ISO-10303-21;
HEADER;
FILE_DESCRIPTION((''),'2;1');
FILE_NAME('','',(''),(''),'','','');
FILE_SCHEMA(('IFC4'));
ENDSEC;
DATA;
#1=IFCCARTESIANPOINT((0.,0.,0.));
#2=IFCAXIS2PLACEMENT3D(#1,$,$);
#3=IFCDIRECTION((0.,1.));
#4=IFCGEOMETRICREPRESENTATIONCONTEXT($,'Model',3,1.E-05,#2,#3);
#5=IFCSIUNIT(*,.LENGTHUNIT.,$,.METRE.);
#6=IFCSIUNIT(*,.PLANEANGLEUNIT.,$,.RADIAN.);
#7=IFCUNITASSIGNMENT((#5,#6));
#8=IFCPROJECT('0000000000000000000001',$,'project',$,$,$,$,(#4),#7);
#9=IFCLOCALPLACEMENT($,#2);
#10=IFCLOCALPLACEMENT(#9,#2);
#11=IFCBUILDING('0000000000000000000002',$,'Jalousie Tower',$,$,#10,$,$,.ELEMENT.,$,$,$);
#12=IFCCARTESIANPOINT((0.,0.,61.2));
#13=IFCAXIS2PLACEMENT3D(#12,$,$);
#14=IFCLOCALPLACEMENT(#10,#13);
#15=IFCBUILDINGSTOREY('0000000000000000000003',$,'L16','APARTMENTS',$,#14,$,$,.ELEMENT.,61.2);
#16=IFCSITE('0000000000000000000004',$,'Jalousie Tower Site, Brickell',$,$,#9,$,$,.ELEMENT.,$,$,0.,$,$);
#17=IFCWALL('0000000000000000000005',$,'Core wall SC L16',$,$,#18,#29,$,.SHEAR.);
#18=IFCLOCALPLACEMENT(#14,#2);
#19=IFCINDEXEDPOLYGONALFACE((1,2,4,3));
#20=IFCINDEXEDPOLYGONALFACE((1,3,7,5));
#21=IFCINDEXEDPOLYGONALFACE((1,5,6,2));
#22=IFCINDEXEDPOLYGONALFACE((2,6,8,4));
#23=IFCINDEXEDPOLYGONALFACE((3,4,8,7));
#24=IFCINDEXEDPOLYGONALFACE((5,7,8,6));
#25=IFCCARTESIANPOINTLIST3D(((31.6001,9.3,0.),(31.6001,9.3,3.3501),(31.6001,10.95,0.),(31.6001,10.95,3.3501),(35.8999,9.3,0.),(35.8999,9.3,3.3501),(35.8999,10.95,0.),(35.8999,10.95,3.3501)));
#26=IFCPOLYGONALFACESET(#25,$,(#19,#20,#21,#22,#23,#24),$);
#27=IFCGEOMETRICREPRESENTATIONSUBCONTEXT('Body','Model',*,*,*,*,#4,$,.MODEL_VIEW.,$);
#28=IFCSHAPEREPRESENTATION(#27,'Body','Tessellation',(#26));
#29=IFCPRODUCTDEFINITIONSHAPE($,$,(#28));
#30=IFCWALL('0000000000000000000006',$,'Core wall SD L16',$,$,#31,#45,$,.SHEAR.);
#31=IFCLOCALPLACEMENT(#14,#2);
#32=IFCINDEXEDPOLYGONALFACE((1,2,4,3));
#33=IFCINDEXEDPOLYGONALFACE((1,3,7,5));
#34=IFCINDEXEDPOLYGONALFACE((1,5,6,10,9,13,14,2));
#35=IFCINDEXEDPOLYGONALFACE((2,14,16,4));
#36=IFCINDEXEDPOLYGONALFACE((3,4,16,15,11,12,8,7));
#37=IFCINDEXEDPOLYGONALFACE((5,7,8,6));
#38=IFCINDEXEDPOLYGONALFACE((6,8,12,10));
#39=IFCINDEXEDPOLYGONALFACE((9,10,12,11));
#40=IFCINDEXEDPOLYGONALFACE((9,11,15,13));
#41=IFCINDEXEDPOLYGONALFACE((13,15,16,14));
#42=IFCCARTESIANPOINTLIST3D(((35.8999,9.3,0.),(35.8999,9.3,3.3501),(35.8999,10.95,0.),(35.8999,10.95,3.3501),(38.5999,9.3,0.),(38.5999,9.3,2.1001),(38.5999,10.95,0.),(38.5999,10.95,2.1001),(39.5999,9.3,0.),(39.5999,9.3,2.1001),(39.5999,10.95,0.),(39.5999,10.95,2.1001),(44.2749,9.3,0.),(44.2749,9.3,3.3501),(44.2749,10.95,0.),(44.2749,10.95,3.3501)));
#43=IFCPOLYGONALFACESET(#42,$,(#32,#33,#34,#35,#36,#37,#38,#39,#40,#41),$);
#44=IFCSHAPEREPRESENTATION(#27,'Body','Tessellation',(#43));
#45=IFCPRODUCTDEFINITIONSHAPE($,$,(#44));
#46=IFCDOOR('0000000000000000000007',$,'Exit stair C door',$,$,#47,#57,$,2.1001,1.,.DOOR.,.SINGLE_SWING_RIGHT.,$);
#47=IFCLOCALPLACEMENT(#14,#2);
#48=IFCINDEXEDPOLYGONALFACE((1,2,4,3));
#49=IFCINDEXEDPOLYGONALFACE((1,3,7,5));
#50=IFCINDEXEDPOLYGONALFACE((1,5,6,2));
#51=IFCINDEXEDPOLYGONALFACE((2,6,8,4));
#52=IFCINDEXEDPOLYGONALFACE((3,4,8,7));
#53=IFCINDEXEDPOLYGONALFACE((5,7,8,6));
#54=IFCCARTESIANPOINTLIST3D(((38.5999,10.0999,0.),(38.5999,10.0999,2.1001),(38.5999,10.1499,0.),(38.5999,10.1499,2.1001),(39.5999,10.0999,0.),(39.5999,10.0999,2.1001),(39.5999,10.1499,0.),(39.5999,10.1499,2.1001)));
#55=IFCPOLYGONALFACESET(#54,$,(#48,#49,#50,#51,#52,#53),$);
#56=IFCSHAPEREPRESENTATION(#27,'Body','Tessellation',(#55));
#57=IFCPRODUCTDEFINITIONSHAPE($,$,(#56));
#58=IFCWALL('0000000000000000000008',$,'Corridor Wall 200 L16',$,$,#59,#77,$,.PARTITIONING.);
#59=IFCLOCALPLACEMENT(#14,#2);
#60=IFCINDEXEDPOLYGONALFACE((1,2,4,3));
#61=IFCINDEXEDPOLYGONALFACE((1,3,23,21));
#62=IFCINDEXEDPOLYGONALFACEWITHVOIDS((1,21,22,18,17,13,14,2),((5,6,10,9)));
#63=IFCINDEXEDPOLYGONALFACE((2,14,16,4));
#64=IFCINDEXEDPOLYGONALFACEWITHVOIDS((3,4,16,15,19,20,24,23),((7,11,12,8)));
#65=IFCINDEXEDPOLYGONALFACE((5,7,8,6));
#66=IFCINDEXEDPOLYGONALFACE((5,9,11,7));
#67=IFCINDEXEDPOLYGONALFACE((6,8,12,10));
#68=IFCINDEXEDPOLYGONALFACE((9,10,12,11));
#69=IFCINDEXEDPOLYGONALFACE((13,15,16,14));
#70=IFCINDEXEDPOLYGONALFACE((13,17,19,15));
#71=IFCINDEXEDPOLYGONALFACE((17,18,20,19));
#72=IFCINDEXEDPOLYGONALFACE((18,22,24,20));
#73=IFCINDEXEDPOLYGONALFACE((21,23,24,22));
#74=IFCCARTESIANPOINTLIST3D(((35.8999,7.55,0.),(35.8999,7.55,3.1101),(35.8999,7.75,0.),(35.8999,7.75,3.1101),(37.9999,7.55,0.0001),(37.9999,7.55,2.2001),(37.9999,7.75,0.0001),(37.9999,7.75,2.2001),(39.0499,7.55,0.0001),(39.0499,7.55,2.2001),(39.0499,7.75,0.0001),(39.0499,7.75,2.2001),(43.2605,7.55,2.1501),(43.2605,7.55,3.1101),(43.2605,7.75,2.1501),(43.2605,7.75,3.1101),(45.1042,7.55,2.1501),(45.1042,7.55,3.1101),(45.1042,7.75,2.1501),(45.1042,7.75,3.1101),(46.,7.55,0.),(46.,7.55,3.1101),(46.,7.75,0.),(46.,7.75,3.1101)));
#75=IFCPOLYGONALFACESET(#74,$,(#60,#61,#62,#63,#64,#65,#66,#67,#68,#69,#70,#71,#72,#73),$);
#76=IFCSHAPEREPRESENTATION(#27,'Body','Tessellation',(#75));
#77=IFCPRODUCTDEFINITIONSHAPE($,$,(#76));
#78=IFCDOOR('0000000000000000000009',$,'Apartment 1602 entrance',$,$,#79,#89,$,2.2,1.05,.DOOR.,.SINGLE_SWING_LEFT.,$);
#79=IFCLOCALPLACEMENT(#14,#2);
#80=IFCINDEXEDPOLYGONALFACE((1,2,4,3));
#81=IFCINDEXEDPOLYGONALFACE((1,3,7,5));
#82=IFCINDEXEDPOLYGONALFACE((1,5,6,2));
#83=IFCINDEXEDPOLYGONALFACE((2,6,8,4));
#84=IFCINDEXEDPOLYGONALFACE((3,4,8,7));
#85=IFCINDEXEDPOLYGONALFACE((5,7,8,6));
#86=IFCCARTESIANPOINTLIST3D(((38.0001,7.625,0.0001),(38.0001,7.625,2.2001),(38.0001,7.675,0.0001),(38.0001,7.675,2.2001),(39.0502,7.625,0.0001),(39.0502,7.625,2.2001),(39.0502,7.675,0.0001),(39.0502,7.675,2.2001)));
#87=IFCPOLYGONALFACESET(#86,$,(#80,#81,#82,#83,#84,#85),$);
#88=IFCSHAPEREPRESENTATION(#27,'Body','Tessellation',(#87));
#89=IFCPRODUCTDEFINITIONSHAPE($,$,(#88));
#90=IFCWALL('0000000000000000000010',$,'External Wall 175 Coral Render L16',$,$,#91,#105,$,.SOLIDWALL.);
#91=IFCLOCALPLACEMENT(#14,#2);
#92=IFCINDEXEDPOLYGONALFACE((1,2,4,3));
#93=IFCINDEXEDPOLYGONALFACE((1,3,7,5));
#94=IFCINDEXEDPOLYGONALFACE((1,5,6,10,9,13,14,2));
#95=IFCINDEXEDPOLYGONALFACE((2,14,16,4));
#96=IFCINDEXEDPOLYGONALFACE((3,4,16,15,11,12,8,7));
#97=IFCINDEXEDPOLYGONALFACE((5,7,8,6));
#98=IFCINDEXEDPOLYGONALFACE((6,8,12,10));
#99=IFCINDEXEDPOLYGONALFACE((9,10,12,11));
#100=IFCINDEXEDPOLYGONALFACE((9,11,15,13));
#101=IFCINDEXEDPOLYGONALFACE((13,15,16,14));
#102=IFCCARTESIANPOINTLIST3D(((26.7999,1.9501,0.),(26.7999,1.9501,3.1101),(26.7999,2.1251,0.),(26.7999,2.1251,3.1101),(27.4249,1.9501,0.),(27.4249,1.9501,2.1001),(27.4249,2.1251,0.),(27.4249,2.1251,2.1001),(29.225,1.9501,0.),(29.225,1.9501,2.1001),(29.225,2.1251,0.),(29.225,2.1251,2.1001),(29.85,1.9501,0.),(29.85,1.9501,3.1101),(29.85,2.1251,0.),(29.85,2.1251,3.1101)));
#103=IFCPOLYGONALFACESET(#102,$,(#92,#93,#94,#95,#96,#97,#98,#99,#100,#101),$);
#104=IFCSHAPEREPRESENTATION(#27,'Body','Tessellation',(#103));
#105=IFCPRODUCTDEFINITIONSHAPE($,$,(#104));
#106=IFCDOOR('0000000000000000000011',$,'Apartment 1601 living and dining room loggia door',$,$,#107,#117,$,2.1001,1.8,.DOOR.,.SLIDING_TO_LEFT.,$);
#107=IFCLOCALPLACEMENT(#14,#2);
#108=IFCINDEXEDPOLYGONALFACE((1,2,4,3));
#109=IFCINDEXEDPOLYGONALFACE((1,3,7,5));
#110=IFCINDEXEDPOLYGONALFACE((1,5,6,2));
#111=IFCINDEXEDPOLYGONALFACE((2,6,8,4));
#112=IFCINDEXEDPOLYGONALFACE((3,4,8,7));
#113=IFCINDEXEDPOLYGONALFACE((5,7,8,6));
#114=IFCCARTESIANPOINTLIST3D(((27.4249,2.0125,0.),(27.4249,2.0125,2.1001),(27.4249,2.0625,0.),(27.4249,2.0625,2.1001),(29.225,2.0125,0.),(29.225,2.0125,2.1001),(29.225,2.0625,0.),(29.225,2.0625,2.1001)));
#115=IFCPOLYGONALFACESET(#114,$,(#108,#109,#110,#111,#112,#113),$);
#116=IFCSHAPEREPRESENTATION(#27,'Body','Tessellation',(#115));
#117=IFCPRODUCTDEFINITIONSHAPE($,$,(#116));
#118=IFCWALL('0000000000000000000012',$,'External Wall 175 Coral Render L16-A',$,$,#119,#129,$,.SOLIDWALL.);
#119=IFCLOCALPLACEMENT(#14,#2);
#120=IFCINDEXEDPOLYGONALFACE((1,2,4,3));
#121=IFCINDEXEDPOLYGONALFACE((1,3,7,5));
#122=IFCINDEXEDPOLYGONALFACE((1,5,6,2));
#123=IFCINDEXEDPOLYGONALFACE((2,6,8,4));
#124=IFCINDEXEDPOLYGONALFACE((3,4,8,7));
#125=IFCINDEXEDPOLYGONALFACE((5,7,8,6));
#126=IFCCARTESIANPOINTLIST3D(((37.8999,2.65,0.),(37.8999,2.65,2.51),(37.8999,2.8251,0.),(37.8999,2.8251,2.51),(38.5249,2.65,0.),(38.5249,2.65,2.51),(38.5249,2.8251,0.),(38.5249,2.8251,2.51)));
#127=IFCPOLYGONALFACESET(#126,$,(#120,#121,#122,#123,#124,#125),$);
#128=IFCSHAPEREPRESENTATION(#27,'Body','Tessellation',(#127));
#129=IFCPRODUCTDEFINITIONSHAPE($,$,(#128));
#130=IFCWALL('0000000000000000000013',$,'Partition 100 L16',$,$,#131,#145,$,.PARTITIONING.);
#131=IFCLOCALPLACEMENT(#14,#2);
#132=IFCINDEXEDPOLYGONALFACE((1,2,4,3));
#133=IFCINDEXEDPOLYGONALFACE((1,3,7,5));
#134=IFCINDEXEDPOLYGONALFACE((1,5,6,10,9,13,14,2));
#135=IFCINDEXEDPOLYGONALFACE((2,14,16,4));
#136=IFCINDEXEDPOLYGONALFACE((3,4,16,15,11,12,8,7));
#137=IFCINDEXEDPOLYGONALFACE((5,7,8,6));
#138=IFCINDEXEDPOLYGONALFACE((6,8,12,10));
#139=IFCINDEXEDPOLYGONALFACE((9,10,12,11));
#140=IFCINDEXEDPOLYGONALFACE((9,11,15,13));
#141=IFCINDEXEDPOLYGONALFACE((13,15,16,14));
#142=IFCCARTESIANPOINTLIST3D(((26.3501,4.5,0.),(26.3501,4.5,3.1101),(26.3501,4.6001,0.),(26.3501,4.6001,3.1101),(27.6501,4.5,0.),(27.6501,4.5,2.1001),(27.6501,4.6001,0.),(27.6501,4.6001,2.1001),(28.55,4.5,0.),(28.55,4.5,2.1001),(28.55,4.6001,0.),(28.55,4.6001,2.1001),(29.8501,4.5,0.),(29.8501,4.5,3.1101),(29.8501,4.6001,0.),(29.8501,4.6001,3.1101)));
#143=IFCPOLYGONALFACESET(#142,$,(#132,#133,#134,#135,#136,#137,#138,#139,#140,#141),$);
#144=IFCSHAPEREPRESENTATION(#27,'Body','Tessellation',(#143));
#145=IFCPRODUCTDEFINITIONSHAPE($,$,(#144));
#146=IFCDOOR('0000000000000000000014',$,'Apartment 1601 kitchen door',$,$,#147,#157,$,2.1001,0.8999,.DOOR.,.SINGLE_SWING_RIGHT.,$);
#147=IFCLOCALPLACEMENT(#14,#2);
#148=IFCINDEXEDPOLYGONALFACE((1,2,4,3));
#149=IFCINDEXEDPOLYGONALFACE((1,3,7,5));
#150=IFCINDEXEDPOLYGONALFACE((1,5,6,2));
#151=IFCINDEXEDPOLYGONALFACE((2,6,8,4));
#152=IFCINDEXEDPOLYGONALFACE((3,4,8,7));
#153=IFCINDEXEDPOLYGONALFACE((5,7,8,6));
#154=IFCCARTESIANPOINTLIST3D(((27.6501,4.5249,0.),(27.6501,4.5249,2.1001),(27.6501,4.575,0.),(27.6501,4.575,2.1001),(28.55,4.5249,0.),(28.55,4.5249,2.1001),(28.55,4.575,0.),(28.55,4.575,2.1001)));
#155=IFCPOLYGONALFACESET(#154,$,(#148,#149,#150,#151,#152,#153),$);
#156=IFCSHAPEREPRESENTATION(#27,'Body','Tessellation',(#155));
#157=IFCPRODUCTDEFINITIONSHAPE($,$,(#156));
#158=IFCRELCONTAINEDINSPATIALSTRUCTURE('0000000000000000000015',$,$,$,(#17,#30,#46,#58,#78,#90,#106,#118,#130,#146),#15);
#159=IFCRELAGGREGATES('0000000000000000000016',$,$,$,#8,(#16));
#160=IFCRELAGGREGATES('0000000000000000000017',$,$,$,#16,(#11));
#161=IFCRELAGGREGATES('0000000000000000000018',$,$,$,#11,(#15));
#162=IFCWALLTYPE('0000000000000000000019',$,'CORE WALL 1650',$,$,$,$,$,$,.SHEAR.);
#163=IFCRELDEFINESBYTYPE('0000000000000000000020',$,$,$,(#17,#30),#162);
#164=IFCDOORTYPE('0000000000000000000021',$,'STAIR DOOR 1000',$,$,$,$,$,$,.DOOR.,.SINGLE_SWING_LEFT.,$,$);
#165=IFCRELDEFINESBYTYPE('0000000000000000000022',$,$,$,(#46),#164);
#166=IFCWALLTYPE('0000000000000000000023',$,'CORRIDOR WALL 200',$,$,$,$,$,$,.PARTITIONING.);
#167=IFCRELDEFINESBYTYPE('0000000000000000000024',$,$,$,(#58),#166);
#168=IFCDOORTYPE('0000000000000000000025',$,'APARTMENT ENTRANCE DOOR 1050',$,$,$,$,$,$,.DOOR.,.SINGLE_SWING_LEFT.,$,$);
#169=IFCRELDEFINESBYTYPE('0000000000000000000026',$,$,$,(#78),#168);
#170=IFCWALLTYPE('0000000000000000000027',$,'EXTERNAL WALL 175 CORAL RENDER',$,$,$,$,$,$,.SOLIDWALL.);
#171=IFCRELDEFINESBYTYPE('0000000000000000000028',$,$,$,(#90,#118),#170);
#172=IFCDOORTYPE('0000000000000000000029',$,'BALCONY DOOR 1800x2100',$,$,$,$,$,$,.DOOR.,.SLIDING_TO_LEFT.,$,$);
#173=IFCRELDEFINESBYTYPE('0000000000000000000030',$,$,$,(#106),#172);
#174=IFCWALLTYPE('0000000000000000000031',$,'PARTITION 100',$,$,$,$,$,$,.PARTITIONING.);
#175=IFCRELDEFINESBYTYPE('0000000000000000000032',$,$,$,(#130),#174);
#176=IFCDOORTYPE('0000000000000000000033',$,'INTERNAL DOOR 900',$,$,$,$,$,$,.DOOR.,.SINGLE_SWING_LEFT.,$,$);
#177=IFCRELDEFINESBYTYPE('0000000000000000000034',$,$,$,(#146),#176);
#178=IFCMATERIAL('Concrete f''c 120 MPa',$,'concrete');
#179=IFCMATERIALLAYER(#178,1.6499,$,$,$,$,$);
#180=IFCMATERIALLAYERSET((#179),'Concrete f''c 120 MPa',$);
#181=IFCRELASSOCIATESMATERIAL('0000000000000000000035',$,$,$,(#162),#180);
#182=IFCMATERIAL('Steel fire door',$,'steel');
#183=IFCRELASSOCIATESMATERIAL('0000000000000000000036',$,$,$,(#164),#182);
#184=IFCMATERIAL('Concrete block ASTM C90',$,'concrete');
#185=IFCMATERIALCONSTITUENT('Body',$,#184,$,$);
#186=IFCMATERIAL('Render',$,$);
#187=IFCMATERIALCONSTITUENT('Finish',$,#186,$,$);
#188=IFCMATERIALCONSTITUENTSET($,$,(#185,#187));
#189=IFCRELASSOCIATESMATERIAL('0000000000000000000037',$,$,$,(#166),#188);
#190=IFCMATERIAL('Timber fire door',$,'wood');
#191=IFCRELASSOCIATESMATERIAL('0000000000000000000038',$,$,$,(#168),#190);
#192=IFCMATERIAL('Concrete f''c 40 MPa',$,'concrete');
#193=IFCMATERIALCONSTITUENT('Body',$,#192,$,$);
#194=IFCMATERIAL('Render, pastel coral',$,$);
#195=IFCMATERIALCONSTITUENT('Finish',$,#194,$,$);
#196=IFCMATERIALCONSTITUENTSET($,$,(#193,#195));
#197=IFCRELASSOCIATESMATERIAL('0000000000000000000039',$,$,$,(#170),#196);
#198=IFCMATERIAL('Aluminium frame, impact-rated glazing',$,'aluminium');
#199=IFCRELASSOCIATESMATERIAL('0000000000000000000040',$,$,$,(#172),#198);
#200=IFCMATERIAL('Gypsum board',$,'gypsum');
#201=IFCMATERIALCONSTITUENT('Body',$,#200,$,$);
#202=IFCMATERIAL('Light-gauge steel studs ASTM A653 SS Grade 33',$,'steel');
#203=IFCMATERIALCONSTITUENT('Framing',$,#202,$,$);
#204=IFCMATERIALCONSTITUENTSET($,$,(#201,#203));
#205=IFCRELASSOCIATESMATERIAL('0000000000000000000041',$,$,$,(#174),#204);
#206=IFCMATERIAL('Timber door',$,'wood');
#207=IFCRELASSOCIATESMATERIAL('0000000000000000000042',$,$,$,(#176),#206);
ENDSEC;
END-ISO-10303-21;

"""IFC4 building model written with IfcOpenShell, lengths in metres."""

from ifc_helpers import new_model, si_unit, direction, frame, frame_2d, origin, place, context, subcontext, project, spatial, polyline, rectangle, outline, extrude, material, layer, layer_set, constituent, constituent_set, type_object, element, fill, save


model = new_model("IFC4")

# Units and contexts
model_context = context("Model", 3, precision=1e-05, world=origin(), true_north=direction((0.0, 1.0)))
body_context = subcontext(model_context, "Body", "Model", "MODEL_VIEW")
ifc_project = project(units=[si_unit("LENGTHUNIT", "METRE"), si_unit("PLANEANGLEUNIT", "RADIAN")], contexts=[model_context])

# Site, building, storey
site_placement = place(None, origin())
site = spatial("IfcSite", under=ifc_project, at=site_placement, Name="Jalousie Tower Site, Brickell", CompositionType="ELEMENT", RefElevation=0.0)
building_placement = place(site_placement, origin())
building = spatial("IfcBuilding", under=site, at=building_placement, Name="Jalousie Tower", CompositionType="ELEMENT")
storey_placement = place(building_placement, frame((0.0, 0.0, 61.2)))
storey = spatial("IfcBuildingStorey", under=building, at=storey_placement, Name="L16", Description="APARTMENTS", CompositionType="ELEMENT", Elevation=61.2)

# Wall
ifc_material_1 = material(Name="Concrete f'c 120 MPa", Category="concrete")
ifc_layer_1 = layer(ifc_material_1, 1.6499)
ifc_layer_set_1 = layer_set([ifc_layer_1], Name="Concrete f'c 120 MPa")
wall_type_1 = type_object("IfcWallType", Name="CORE WALL 1650", PredefinedType="SHEAR", material=ifc_layer_set_1)
wall_1_placement = place(storey_placement, frame((31.6001, 10.125, 0.0), z_axis=(0.0, 0.0, 1.0), x_axis=(1.0, 0.0, 0.0)))
element("IfcWall", 1, at=wall_1_placement, inside=storey, type_object=wall_type_1, Name="Core wall SC L16", PredefinedType="SHEAR", context=body_context, shape_type="SweptSolid", body=[
    extrude(rectangle(XDim=4.2998, YDim=1.6499, at=frame_2d((2.1499, 0.0))), origin(), (0.0, 0.0, 1.0), 3.3501),
])

# Walls, openings, doors
wall_2_placement = place(storey_placement, frame((35.8999, 10.125, 0.0), z_axis=(0.0, 0.0, 1.0), x_axis=(1.0, 0.0, 0.0)))
wall_2 = element("IfcWall", 2, at=wall_2_placement, inside=storey, type_object=wall_type_1, Name="Core wall SD L16", PredefinedType="SHEAR", context=body_context, shape_type="SweptSolid", body=[
    extrude(rectangle(XDim=8.375, YDim=1.6499, at=frame_2d((4.1875, 0.0))), origin(), (0.0, 0.0, 1.0), 3.3501),
])
opening_1_placement = place(wall_2_placement, frame((2.7, 0.0, 0.0)))
opening_1 = element("IfcOpeningElement", 3, at=opening_1_placement, cuts=wall_2, PredefinedType="OPENING", context=body_context, shape_type="SweptSolid", body=[
    extrude(rectangle(XDim=1.0, YDim=2.1001, at=frame_2d((0.5, 1.05))), frame((0.0, 0.835, 0.0), z_axis=(0.0, -1.0, 0.0), x_axis=(1.0, 0.0, 0.0)), (0.0, 0.0, 1.0), 1.6699),
])
ifc_material_2 = material(Name="Steel fire door", Category="steel")
door_type_1 = type_object("IfcDoorType", Name="STAIR DOOR 1000", OperationType="SINGLE_SWING_LEFT", PredefinedType="DOOR", material=ifc_material_2)
door_1_placement = place(opening_1_placement, origin())
door_1 = element("IfcDoor", 4, at=door_1_placement, inside=storey, type_object=door_type_1, Name="Exit stair C door", OperationType="SINGLE_SWING_RIGHT", OverallHeight=2.1001, OverallWidth=1.0, PredefinedType="DOOR", context=body_context, shape_type="SweptSolid", body=[
    extrude(rectangle(XDim=1.0, YDim=2.1001, at=frame_2d((0.5, 1.05))), frame((0.0, 0.0249, 0.0), z_axis=(0.0, -1.0, 0.0), x_axis=(1.0, 0.0, 0.0)), (0.0, 0.0, 1.0), 0.05),
])
fill(opening_1, door_1)
ifc_material_3 = material(Name="Concrete block ASTM C90", Category="concrete")
ifc_constituent_1 = constituent(ifc_material_3, Name="Body")
ifc_material_4 = material(Name="Render")
ifc_constituent_2 = constituent(ifc_material_4, Name="Finish")
ifc_constituent_set_1 = constituent_set(constituents=[ifc_constituent_1, ifc_constituent_2])
wall_type_2 = type_object("IfcWallType", Name="CORRIDOR WALL 200", PredefinedType="PARTITIONING", material=ifc_constituent_set_1)
wall_3_placement = place(storey_placement, frame((35.8999, 7.6499, 0.0), z_axis=(0.0, 0.0, 1.0), x_axis=(1.0, 0.0, 0.0)))
wall_3 = element("IfcWall", 5, at=wall_3_placement, inside=storey, type_object=wall_type_2, Name="Corridor Wall 200 L16", PredefinedType="PARTITIONING", context=body_context, shape_type="SweptSolid", body=[
    extrude(outline(polyline([(0.0, 0.0), (10.1001, 0.0), (10.1001, 3.1101), (9.2043, 3.1101), (9.2043, 2.1501), (7.3606, 2.1501), (7.3606, 3.1101), (0.0, 3.1101), (0.0, 0.0)])), frame((0.0, 0.1001, 0.0), z_axis=(0.0, -1.0, 0.0), x_axis=(1.0, 0.0, 0.0)), (0.0, 0.0, 1.0), 0.2),
])
opening_2_placement = place(wall_3_placement, frame((2.1001, 0.0, 0.0)))
opening_2 = element("IfcOpeningElement", 6, at=opening_2_placement, cuts=wall_3, PredefinedType="OPENING", context=body_context, shape_type="SweptSolid", body=[
    extrude(rectangle(XDim=1.05, YDim=2.2, at=frame_2d((0.5249, 1.1001))), frame((0.0, 0.1099, 0.0), z_axis=(0.0, -1.0, 0.0), x_axis=(1.0, 0.0, 0.0)), (0.0, 0.0, 1.0), 0.22),
])
ifc_material_5 = material(Name="Timber fire door", Category="wood")
door_type_2 = type_object("IfcDoorType", Name="APARTMENT ENTRANCE DOOR 1050", OperationType="SINGLE_SWING_LEFT", PredefinedType="DOOR", material=ifc_material_5)
door_2_placement = place(opening_2_placement, frame((1.05, 0.0, 0.0), z_axis=(0.0, 0.0, 1.0), x_axis=(-1.0, 0.0, 0.0)))
door_2 = element("IfcDoor", 7, at=door_2_placement, inside=storey, type_object=door_type_2, Name="Apartment 1602 entrance", OperationType="SINGLE_SWING_LEFT", OverallHeight=2.2, OverallWidth=1.05, PredefinedType="DOOR", context=body_context, shape_type="SweptSolid", body=[
    extrude(rectangle(XDim=1.05, YDim=2.2, at=frame_2d((0.5249, 1.1001))), frame((0.0, 0.0249, 0.0), z_axis=(0.0, -1.0, 0.0), x_axis=(1.0, 0.0, 0.0)), (0.0, 0.0, 1.0), 0.05),
])
fill(opening_2, door_2)
ifc_material_6 = material(Name="Concrete f'c 40 MPa", Category="concrete")
ifc_constituent_3 = constituent(ifc_material_6, Name="Body")
ifc_material_7 = material(Name="Render, pastel coral")
ifc_constituent_4 = constituent(ifc_material_7, Name="Finish")
ifc_constituent_set_2 = constituent_set(constituents=[ifc_constituent_3, ifc_constituent_4])
wall_type_3 = type_object("IfcWallType", Name="EXTERNAL WALL 175 CORAL RENDER", PredefinedType="SOLIDWALL", material=ifc_constituent_set_2)
wall_4_placement = place(storey_placement, frame((26.8, 2.0376, 0.0), z_axis=(0.0, 0.0, 1.0), x_axis=(1.0, 0.0, 0.0)))
wall_4 = element("IfcWall", 8, at=wall_4_placement, inside=storey, type_object=wall_type_3, Name="External Wall 175 Coral Render L16", PredefinedType="SOLIDWALL", context=body_context, shape_type="SweptSolid", body=[
    extrude(rectangle(XDim=3.05, YDim=0.175, at=frame_2d((1.5249, 0.0))), origin(), (0.0, 0.0, 1.0), 3.1101),
])
opening_3_placement = place(wall_4_placement, frame((0.625, 0.0, 0.0)))
opening_3 = element("IfcOpeningElement", 9, at=opening_3_placement, cuts=wall_4, PredefinedType="OPENING", context=body_context, shape_type="SweptSolid", body=[
    extrude(rectangle(XDim=1.8, YDim=2.1001, at=frame_2d((0.8999, 1.05))), frame((0.0, 0.0974, 0.0), z_axis=(0.0, -1.0, 0.0), x_axis=(1.0, 0.0, 0.0)), (0.0, 0.0, 1.0), 0.1951),
])
ifc_material_8 = material(Name="Aluminium frame, impact-rated glazing", Category="aluminium")
door_type_3 = type_object("IfcDoorType", Name="BALCONY DOOR 1800x2100", OperationType="SLIDING_TO_LEFT", PredefinedType="DOOR", material=ifc_material_8)
door_3_placement = place(opening_3_placement, origin())
door_3 = element("IfcDoor", 10, at=door_3_placement, inside=storey, type_object=door_type_3, Name="Apartment 1601 living and dining room loggia door", OperationType="SLIDING_TO_LEFT", OverallHeight=2.1001, OverallWidth=1.8, PredefinedType="DOOR", context=body_context, shape_type="SweptSolid", body=[
    extrude(rectangle(XDim=1.8, YDim=2.1001, at=frame_2d((0.8999, 1.05))), frame((0.0, 0.0249, 0.0), z_axis=(0.0, -1.0, 0.0), x_axis=(1.0, 0.0, 0.0)), (0.0, 0.0, 1.0), 0.05),
])
fill(opening_3, door_3)

# Wall
wall_5_placement = place(storey_placement, frame((37.8999, 2.7375, 0.0), z_axis=(0.0, 0.0, 1.0), x_axis=(1.0, 0.0, 0.0)))
element("IfcWall", 11, at=wall_5_placement, inside=storey, type_object=wall_type_3, Name="External Wall 175 Coral Render L16-A", PredefinedType="SOLIDWALL", context=body_context, shape_type="SweptSolid", body=[
    extrude(rectangle(XDim=0.625, YDim=0.175, at=frame_2d((0.3125, 0.0))), origin(), (0.0, 0.0, 1.0), 2.51),
])

# Wall, opening, door
ifc_material_9 = material(Name="Gypsum board", Category="gypsum")
ifc_constituent_5 = constituent(ifc_material_9, Name="Body")
ifc_material_10 = material(Name="Light-gauge steel studs ASTM A653 SS Grade 33", Category="steel")
ifc_constituent_6 = constituent(ifc_material_10, Name="Framing")
ifc_constituent_set_3 = constituent_set(constituents=[ifc_constituent_5, ifc_constituent_6])
wall_type_4 = type_object("IfcWallType", Name="PARTITION 100", PredefinedType="PARTITIONING", material=ifc_constituent_set_3)
wall_6_placement = place(storey_placement, frame((26.3501, 4.55, 0.0), z_axis=(0.0, 0.0, 1.0), x_axis=(1.0, 0.0, 0.0)))
wall_6 = element("IfcWall", 12, at=wall_6_placement, inside=storey, type_object=wall_type_4, Name="Partition 100 L16", PredefinedType="PARTITIONING", context=body_context, shape_type="SweptSolid", body=[
    extrude(rectangle(XDim=3.5, YDim=0.1001, at=frame_2d((1.75, 0.0))), origin(), (0.0, 0.0, 1.0), 3.1101),
])
opening_4_placement = place(wall_6_placement, frame((1.3, 0.0, 0.0)))
opening_4 = element("IfcOpeningElement", 13, at=opening_4_placement, cuts=wall_6, PredefinedType="OPENING", context=body_context, shape_type="SweptSolid", body=[
    extrude(rectangle(XDim=0.8999, YDim=2.1001, at=frame_2d((0.45, 1.05))), frame((0.0, 0.0601, 0.0), z_axis=(0.0, -1.0, 0.0), x_axis=(1.0, 0.0, 0.0)), (0.0, 0.0, 1.0), 0.1201),
])
ifc_material_11 = material(Name="Timber door", Category="wood")
door_type_4 = type_object("IfcDoorType", Name="INTERNAL DOOR 900", OperationType="SINGLE_SWING_LEFT", PredefinedType="DOOR", material=ifc_material_11)
door_4_placement = place(opening_4_placement, origin())
door_4 = element("IfcDoor", 14, at=door_4_placement, inside=storey, type_object=door_type_4, Name="Apartment 1601 kitchen door", OperationType="SINGLE_SWING_RIGHT", OverallHeight=2.1001, OverallWidth=0.8999, PredefinedType="DOOR", context=body_context, shape_type="SweptSolid", body=[
    extrude(rectangle(XDim=0.8999, YDim=2.1001, at=frame_2d((0.45, 1.05))), frame((0.0, 0.0249, 0.0), z_axis=(0.0, -1.0, 0.0), x_axis=(1.0, 0.0, 0.0)), (0.0, 0.0, 1.0), 0.05),
])
fill(opening_4, door_4)

save(model, "model.ifc")
